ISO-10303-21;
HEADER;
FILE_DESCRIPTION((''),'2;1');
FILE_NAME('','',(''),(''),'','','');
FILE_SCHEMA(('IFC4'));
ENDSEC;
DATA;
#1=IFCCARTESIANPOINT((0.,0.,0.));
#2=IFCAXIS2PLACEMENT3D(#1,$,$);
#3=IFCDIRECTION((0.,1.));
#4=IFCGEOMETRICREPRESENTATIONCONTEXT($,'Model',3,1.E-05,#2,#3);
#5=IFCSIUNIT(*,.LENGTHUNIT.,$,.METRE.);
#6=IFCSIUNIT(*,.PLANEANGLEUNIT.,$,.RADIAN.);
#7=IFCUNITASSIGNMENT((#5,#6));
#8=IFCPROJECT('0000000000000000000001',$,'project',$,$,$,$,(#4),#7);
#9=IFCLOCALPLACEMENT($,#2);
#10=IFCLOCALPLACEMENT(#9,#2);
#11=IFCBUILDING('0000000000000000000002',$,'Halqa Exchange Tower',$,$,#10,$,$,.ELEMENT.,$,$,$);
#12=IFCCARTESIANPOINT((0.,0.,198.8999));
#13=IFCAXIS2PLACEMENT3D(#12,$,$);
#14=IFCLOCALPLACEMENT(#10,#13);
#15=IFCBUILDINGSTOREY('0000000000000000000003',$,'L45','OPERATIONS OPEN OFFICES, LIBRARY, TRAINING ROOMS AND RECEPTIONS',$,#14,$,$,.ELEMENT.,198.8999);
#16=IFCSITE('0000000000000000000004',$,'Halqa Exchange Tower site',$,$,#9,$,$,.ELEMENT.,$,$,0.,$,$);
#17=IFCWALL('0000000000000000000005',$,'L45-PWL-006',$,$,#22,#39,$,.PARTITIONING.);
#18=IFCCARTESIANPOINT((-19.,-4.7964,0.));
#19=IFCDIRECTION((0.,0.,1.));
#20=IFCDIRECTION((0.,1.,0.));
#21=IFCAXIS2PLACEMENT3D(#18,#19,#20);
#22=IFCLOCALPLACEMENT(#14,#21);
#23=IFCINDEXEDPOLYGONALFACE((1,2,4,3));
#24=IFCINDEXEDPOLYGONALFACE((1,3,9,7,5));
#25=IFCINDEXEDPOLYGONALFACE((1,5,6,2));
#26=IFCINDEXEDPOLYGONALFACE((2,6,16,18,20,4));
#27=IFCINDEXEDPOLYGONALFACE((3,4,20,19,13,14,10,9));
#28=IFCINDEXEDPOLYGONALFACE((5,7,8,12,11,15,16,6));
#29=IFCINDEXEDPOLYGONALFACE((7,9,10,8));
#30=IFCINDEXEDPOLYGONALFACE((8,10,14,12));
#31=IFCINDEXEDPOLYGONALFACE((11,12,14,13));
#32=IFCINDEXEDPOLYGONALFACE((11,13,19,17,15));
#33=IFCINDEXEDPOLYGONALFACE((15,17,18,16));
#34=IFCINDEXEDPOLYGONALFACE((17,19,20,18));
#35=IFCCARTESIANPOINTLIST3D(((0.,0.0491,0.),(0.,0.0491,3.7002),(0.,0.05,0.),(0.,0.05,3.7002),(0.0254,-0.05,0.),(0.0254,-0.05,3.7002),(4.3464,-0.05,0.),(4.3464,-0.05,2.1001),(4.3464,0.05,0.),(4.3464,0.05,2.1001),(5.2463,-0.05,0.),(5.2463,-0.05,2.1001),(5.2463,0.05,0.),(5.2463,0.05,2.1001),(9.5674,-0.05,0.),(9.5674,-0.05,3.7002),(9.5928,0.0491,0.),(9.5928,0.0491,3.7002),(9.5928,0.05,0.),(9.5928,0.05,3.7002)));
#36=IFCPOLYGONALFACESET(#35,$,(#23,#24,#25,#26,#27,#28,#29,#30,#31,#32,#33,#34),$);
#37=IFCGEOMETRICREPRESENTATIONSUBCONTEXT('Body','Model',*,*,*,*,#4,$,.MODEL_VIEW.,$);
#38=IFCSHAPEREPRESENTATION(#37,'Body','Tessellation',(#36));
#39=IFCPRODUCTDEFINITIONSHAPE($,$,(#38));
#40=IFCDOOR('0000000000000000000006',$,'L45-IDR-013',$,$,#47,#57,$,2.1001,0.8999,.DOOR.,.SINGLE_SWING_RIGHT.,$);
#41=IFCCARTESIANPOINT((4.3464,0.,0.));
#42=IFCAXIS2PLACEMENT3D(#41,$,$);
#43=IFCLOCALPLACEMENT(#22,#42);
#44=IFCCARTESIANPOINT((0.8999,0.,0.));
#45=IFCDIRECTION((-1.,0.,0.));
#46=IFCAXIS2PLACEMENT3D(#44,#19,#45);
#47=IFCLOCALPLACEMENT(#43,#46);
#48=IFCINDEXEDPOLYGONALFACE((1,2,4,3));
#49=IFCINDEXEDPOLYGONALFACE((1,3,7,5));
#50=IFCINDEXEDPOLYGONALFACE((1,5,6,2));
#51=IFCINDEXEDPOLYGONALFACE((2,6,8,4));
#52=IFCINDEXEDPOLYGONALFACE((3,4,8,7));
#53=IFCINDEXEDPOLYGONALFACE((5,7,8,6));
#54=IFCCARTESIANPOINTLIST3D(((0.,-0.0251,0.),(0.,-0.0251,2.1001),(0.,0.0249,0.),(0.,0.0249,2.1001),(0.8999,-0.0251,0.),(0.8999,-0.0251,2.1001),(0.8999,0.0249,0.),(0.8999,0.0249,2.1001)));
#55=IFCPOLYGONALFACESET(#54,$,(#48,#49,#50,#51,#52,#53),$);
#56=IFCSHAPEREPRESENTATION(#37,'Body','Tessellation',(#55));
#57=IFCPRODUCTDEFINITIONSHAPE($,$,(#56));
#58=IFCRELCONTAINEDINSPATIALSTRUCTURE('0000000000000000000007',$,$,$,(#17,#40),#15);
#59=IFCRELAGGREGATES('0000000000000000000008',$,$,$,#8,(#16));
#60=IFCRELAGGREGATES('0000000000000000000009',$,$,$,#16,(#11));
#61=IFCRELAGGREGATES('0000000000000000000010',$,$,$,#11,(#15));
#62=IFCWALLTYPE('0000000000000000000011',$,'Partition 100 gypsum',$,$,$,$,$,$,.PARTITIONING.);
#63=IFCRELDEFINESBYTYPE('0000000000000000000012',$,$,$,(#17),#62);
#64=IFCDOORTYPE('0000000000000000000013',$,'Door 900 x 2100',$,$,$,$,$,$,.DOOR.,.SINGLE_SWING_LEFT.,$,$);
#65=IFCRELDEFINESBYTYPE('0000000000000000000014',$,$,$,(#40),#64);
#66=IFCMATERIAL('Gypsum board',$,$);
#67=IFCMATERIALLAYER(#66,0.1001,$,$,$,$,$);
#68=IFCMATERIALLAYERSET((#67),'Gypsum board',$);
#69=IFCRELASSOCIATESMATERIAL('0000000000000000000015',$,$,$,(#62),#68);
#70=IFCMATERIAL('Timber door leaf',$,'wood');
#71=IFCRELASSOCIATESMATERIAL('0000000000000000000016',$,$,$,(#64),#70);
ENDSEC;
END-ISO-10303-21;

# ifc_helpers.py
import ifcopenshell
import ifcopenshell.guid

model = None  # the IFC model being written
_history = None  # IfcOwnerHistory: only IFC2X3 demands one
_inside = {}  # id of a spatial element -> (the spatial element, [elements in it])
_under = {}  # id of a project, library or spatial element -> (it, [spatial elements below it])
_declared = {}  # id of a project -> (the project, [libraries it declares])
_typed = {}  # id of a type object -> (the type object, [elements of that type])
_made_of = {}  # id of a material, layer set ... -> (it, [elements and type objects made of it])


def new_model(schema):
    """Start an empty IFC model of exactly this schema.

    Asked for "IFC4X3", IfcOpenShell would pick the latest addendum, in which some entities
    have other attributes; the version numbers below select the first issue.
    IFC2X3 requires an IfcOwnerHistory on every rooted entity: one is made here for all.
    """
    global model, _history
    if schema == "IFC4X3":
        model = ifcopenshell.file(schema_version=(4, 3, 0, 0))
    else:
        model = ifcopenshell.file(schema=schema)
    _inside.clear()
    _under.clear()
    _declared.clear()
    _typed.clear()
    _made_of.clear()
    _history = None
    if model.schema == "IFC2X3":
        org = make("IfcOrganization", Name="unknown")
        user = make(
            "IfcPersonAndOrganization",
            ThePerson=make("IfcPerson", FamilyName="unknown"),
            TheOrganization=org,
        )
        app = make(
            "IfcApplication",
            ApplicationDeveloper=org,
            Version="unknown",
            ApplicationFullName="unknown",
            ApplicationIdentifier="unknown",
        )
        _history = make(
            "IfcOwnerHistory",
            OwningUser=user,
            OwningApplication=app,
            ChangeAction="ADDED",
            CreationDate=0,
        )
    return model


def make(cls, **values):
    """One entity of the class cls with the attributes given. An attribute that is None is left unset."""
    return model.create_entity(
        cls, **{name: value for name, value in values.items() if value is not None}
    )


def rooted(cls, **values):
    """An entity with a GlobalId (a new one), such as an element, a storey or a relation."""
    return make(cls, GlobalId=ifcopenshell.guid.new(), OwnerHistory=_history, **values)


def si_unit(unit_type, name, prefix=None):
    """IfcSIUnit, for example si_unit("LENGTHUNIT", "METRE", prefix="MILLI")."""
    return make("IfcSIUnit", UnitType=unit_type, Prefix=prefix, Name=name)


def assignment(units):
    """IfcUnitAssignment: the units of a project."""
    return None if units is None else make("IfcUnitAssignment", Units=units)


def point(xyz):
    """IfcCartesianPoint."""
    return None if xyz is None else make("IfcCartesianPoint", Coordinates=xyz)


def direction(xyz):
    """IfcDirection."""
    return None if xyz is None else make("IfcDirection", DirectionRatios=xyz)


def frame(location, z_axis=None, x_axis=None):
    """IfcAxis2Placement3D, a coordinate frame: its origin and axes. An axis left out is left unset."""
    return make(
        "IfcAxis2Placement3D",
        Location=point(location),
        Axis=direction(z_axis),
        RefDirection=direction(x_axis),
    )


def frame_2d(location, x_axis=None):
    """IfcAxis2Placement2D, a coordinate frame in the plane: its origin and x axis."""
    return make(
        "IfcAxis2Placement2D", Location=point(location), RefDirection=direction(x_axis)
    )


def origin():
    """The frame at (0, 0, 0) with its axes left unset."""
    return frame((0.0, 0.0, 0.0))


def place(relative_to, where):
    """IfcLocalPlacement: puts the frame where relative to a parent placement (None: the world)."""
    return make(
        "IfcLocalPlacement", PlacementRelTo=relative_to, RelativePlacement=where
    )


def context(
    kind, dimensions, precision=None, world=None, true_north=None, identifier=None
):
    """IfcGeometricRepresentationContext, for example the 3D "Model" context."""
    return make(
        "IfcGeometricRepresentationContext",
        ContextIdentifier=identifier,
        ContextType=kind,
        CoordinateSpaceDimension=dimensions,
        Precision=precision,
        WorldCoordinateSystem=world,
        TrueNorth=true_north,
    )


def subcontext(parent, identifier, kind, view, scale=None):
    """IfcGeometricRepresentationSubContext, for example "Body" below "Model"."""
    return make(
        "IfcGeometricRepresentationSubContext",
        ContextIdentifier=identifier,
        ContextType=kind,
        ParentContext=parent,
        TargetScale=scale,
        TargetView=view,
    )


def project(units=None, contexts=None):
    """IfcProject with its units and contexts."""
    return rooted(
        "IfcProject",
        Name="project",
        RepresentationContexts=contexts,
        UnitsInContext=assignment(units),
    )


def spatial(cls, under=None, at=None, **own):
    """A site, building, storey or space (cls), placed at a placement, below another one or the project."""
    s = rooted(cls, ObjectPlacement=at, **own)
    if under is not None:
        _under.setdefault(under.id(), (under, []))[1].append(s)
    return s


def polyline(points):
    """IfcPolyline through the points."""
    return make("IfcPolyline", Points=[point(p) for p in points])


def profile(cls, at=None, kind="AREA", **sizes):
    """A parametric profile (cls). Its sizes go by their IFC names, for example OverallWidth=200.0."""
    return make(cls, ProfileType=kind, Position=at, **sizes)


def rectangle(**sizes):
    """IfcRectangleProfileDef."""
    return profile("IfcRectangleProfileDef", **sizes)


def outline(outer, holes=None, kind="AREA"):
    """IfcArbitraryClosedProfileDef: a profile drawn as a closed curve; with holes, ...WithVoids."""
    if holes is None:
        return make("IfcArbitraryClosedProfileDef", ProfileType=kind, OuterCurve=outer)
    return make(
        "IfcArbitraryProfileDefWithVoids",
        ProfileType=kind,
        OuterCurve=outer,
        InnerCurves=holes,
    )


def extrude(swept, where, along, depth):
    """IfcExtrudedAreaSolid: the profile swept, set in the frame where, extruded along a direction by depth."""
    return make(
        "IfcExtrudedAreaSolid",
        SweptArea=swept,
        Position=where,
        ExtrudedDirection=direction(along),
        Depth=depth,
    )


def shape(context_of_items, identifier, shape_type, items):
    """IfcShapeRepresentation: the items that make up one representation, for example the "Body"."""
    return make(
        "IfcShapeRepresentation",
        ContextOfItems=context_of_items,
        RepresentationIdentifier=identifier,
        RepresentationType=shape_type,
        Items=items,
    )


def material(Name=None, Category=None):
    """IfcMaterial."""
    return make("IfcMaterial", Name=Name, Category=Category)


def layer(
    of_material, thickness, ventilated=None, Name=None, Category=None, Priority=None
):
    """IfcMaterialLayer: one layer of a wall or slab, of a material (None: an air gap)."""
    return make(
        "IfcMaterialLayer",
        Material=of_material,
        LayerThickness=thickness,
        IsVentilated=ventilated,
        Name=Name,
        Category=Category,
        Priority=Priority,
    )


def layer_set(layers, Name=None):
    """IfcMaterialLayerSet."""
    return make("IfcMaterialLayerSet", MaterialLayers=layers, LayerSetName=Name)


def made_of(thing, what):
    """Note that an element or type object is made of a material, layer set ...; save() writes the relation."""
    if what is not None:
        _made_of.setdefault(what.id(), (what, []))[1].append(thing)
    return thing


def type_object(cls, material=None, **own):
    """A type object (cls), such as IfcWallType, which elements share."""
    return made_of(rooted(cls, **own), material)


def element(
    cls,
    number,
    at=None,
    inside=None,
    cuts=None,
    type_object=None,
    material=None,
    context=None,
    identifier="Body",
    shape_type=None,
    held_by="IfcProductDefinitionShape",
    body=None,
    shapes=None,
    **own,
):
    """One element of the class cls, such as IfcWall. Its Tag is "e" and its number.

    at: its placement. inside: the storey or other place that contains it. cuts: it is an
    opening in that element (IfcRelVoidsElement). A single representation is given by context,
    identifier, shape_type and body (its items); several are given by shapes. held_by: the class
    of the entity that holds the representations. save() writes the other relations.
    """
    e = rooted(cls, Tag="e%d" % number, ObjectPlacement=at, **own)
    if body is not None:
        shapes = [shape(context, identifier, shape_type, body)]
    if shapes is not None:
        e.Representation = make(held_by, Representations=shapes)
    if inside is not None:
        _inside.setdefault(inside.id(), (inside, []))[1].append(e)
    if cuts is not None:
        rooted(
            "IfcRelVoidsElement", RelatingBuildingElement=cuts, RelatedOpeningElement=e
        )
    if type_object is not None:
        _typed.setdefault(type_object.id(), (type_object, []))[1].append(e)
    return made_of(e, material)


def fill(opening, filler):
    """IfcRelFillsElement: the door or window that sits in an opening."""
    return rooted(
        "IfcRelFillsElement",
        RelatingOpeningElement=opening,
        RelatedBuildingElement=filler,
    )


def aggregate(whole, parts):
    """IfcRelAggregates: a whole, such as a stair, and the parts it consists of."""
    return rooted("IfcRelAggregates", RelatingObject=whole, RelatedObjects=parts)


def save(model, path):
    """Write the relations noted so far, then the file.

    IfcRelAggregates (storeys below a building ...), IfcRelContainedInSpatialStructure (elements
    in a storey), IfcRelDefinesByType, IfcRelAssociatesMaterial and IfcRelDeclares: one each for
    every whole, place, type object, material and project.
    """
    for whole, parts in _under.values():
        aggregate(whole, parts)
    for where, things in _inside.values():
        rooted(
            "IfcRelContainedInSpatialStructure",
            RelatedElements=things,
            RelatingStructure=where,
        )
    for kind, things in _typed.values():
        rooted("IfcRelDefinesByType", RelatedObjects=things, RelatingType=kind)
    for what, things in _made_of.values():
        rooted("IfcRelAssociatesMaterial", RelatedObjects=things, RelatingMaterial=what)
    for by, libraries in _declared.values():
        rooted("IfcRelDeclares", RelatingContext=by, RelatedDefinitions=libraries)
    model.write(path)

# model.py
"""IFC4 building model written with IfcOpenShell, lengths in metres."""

from ifc_helpers import new_model, si_unit, direction, frame, frame_2d, origin, place, context, subcontext, project, spatial, polyline, rectangle, outline, extrude, material, layer, layer_set, type_object, element, fill, save


model = new_model("IFC4")

# Units and contexts
model_context = context("Model", 3, precision=1e-05, world=origin(), true_north=direction((0.0, 1.0)))
body_context = subcontext(model_context, "Body", "Model", "MODEL_VIEW")
ifc_project = project(units=[si_unit("LENGTHUNIT", "METRE"), si_unit("PLANEANGLEUNIT", "RADIAN")], contexts=[model_context])

# Site, building, storey
site_placement = place(None, origin())
site = spatial("IfcSite", under=ifc_project, at=site_placement, Name="Halqa Exchange Tower site", CompositionType="ELEMENT", RefElevation=0.0)
building_placement = place(site_placement, origin())
building = spatial("IfcBuilding", under=site, at=building_placement, Name="Halqa Exchange Tower", CompositionType="ELEMENT")
storey_placement = place(building_placement, frame((0.0, 0.0, 198.8999)))
storey = spatial("IfcBuildingStorey", under=building, at=storey_placement, Name="L45", Description="OPERATIONS OPEN OFFICES, LIBRARY, TRAINING ROOMS AND RECEPTIONS", CompositionType="ELEMENT", Elevation=198.8999)

# Wall, opening, door
ifc_material_1 = material(Name="Gypsum board")
ifc_layer_1 = layer(ifc_material_1, 0.1001)
ifc_layer_set_1 = layer_set([ifc_layer_1], Name="Gypsum board")
wall_type_1 = type_object("IfcWallType", Name="Partition 100 gypsum", PredefinedType="PARTITIONING", material=ifc_layer_set_1)
ifc_material_2 = material(Name="Timber door leaf", Category="wood")
door_type_1 = type_object("IfcDoorType", Name="Door 900 x 2100", OperationType="SINGLE_SWING_LEFT", PredefinedType="DOOR", material=ifc_material_2)
wall_1_placement = place(storey_placement, frame((-19.0, -4.7964, 0.0), z_axis=(0.0, 0.0, 1.0), x_axis=(0.0, 1.0, 0.0)))
wall_1 = element("IfcWall", 1, at=wall_1_placement, inside=storey, type_object=wall_type_1, Name="L45-PWL-006", PredefinedType="PARTITIONING", context=body_context, shape_type="SweptSolid", body=[
    extrude(outline(polyline([(0.0254, -0.05), (1.9338, -0.05), (3.8423, -0.05), (5.7505, -0.05), (7.6589, -0.05), (9.5674, -0.05), (9.5928, 0.0491), (9.5928, 0.05), (7.6743, 0.05), (5.7556, 0.05), (3.8372, 0.05), (1.9185, 0.05), (0.0, 0.05), (0.0, 0.0491), (0.0254, -0.05)])), origin(), (0.0, 0.0, 1.0), 3.7002),
])
opening_1_placement = place(wall_1_placement, frame((4.3464, 0.0, 0.0)))
opening_1 = element("IfcOpeningElement", 2, at=opening_1_placement, cuts=wall_1, PredefinedType="OPENING", context=body_context, shape_type="SweptSolid", body=[
    extrude(rectangle(XDim=0.8999, YDim=2.1001, at=frame_2d((0.45, 1.05))), frame((0.0, 0.062, 0.0), z_axis=(0.0, -1.0, 0.0), x_axis=(1.0, 0.0, 0.0)), (0.0, 0.0, 1.0), 0.124),
])
door_1_placement = place(opening_1_placement, frame((0.8999, 0.0, 0.0), z_axis=(0.0, 0.0, 1.0), x_axis=(-1.0, 0.0, 0.0)))
door_1 = element("IfcDoor", 3, at=door_1_placement, inside=storey, type_object=door_type_1, Name="L45-IDR-013", OperationType="SINGLE_SWING_RIGHT", OverallHeight=2.1001, OverallWidth=0.8999, PredefinedType="DOOR", context=body_context, shape_type="SweptSolid", body=[
    extrude(rectangle(XDim=0.8999, YDim=2.1001, at=frame_2d((0.45, 1.05))), frame((0.0, 0.0249, 0.0), z_axis=(0.0, -1.0, 0.0), x_axis=(1.0, 0.0, 0.0)), (0.0, 0.0, 1.0), 0.05),
])
fill(opening_1, door_1)

save(model, "model.ifc")
